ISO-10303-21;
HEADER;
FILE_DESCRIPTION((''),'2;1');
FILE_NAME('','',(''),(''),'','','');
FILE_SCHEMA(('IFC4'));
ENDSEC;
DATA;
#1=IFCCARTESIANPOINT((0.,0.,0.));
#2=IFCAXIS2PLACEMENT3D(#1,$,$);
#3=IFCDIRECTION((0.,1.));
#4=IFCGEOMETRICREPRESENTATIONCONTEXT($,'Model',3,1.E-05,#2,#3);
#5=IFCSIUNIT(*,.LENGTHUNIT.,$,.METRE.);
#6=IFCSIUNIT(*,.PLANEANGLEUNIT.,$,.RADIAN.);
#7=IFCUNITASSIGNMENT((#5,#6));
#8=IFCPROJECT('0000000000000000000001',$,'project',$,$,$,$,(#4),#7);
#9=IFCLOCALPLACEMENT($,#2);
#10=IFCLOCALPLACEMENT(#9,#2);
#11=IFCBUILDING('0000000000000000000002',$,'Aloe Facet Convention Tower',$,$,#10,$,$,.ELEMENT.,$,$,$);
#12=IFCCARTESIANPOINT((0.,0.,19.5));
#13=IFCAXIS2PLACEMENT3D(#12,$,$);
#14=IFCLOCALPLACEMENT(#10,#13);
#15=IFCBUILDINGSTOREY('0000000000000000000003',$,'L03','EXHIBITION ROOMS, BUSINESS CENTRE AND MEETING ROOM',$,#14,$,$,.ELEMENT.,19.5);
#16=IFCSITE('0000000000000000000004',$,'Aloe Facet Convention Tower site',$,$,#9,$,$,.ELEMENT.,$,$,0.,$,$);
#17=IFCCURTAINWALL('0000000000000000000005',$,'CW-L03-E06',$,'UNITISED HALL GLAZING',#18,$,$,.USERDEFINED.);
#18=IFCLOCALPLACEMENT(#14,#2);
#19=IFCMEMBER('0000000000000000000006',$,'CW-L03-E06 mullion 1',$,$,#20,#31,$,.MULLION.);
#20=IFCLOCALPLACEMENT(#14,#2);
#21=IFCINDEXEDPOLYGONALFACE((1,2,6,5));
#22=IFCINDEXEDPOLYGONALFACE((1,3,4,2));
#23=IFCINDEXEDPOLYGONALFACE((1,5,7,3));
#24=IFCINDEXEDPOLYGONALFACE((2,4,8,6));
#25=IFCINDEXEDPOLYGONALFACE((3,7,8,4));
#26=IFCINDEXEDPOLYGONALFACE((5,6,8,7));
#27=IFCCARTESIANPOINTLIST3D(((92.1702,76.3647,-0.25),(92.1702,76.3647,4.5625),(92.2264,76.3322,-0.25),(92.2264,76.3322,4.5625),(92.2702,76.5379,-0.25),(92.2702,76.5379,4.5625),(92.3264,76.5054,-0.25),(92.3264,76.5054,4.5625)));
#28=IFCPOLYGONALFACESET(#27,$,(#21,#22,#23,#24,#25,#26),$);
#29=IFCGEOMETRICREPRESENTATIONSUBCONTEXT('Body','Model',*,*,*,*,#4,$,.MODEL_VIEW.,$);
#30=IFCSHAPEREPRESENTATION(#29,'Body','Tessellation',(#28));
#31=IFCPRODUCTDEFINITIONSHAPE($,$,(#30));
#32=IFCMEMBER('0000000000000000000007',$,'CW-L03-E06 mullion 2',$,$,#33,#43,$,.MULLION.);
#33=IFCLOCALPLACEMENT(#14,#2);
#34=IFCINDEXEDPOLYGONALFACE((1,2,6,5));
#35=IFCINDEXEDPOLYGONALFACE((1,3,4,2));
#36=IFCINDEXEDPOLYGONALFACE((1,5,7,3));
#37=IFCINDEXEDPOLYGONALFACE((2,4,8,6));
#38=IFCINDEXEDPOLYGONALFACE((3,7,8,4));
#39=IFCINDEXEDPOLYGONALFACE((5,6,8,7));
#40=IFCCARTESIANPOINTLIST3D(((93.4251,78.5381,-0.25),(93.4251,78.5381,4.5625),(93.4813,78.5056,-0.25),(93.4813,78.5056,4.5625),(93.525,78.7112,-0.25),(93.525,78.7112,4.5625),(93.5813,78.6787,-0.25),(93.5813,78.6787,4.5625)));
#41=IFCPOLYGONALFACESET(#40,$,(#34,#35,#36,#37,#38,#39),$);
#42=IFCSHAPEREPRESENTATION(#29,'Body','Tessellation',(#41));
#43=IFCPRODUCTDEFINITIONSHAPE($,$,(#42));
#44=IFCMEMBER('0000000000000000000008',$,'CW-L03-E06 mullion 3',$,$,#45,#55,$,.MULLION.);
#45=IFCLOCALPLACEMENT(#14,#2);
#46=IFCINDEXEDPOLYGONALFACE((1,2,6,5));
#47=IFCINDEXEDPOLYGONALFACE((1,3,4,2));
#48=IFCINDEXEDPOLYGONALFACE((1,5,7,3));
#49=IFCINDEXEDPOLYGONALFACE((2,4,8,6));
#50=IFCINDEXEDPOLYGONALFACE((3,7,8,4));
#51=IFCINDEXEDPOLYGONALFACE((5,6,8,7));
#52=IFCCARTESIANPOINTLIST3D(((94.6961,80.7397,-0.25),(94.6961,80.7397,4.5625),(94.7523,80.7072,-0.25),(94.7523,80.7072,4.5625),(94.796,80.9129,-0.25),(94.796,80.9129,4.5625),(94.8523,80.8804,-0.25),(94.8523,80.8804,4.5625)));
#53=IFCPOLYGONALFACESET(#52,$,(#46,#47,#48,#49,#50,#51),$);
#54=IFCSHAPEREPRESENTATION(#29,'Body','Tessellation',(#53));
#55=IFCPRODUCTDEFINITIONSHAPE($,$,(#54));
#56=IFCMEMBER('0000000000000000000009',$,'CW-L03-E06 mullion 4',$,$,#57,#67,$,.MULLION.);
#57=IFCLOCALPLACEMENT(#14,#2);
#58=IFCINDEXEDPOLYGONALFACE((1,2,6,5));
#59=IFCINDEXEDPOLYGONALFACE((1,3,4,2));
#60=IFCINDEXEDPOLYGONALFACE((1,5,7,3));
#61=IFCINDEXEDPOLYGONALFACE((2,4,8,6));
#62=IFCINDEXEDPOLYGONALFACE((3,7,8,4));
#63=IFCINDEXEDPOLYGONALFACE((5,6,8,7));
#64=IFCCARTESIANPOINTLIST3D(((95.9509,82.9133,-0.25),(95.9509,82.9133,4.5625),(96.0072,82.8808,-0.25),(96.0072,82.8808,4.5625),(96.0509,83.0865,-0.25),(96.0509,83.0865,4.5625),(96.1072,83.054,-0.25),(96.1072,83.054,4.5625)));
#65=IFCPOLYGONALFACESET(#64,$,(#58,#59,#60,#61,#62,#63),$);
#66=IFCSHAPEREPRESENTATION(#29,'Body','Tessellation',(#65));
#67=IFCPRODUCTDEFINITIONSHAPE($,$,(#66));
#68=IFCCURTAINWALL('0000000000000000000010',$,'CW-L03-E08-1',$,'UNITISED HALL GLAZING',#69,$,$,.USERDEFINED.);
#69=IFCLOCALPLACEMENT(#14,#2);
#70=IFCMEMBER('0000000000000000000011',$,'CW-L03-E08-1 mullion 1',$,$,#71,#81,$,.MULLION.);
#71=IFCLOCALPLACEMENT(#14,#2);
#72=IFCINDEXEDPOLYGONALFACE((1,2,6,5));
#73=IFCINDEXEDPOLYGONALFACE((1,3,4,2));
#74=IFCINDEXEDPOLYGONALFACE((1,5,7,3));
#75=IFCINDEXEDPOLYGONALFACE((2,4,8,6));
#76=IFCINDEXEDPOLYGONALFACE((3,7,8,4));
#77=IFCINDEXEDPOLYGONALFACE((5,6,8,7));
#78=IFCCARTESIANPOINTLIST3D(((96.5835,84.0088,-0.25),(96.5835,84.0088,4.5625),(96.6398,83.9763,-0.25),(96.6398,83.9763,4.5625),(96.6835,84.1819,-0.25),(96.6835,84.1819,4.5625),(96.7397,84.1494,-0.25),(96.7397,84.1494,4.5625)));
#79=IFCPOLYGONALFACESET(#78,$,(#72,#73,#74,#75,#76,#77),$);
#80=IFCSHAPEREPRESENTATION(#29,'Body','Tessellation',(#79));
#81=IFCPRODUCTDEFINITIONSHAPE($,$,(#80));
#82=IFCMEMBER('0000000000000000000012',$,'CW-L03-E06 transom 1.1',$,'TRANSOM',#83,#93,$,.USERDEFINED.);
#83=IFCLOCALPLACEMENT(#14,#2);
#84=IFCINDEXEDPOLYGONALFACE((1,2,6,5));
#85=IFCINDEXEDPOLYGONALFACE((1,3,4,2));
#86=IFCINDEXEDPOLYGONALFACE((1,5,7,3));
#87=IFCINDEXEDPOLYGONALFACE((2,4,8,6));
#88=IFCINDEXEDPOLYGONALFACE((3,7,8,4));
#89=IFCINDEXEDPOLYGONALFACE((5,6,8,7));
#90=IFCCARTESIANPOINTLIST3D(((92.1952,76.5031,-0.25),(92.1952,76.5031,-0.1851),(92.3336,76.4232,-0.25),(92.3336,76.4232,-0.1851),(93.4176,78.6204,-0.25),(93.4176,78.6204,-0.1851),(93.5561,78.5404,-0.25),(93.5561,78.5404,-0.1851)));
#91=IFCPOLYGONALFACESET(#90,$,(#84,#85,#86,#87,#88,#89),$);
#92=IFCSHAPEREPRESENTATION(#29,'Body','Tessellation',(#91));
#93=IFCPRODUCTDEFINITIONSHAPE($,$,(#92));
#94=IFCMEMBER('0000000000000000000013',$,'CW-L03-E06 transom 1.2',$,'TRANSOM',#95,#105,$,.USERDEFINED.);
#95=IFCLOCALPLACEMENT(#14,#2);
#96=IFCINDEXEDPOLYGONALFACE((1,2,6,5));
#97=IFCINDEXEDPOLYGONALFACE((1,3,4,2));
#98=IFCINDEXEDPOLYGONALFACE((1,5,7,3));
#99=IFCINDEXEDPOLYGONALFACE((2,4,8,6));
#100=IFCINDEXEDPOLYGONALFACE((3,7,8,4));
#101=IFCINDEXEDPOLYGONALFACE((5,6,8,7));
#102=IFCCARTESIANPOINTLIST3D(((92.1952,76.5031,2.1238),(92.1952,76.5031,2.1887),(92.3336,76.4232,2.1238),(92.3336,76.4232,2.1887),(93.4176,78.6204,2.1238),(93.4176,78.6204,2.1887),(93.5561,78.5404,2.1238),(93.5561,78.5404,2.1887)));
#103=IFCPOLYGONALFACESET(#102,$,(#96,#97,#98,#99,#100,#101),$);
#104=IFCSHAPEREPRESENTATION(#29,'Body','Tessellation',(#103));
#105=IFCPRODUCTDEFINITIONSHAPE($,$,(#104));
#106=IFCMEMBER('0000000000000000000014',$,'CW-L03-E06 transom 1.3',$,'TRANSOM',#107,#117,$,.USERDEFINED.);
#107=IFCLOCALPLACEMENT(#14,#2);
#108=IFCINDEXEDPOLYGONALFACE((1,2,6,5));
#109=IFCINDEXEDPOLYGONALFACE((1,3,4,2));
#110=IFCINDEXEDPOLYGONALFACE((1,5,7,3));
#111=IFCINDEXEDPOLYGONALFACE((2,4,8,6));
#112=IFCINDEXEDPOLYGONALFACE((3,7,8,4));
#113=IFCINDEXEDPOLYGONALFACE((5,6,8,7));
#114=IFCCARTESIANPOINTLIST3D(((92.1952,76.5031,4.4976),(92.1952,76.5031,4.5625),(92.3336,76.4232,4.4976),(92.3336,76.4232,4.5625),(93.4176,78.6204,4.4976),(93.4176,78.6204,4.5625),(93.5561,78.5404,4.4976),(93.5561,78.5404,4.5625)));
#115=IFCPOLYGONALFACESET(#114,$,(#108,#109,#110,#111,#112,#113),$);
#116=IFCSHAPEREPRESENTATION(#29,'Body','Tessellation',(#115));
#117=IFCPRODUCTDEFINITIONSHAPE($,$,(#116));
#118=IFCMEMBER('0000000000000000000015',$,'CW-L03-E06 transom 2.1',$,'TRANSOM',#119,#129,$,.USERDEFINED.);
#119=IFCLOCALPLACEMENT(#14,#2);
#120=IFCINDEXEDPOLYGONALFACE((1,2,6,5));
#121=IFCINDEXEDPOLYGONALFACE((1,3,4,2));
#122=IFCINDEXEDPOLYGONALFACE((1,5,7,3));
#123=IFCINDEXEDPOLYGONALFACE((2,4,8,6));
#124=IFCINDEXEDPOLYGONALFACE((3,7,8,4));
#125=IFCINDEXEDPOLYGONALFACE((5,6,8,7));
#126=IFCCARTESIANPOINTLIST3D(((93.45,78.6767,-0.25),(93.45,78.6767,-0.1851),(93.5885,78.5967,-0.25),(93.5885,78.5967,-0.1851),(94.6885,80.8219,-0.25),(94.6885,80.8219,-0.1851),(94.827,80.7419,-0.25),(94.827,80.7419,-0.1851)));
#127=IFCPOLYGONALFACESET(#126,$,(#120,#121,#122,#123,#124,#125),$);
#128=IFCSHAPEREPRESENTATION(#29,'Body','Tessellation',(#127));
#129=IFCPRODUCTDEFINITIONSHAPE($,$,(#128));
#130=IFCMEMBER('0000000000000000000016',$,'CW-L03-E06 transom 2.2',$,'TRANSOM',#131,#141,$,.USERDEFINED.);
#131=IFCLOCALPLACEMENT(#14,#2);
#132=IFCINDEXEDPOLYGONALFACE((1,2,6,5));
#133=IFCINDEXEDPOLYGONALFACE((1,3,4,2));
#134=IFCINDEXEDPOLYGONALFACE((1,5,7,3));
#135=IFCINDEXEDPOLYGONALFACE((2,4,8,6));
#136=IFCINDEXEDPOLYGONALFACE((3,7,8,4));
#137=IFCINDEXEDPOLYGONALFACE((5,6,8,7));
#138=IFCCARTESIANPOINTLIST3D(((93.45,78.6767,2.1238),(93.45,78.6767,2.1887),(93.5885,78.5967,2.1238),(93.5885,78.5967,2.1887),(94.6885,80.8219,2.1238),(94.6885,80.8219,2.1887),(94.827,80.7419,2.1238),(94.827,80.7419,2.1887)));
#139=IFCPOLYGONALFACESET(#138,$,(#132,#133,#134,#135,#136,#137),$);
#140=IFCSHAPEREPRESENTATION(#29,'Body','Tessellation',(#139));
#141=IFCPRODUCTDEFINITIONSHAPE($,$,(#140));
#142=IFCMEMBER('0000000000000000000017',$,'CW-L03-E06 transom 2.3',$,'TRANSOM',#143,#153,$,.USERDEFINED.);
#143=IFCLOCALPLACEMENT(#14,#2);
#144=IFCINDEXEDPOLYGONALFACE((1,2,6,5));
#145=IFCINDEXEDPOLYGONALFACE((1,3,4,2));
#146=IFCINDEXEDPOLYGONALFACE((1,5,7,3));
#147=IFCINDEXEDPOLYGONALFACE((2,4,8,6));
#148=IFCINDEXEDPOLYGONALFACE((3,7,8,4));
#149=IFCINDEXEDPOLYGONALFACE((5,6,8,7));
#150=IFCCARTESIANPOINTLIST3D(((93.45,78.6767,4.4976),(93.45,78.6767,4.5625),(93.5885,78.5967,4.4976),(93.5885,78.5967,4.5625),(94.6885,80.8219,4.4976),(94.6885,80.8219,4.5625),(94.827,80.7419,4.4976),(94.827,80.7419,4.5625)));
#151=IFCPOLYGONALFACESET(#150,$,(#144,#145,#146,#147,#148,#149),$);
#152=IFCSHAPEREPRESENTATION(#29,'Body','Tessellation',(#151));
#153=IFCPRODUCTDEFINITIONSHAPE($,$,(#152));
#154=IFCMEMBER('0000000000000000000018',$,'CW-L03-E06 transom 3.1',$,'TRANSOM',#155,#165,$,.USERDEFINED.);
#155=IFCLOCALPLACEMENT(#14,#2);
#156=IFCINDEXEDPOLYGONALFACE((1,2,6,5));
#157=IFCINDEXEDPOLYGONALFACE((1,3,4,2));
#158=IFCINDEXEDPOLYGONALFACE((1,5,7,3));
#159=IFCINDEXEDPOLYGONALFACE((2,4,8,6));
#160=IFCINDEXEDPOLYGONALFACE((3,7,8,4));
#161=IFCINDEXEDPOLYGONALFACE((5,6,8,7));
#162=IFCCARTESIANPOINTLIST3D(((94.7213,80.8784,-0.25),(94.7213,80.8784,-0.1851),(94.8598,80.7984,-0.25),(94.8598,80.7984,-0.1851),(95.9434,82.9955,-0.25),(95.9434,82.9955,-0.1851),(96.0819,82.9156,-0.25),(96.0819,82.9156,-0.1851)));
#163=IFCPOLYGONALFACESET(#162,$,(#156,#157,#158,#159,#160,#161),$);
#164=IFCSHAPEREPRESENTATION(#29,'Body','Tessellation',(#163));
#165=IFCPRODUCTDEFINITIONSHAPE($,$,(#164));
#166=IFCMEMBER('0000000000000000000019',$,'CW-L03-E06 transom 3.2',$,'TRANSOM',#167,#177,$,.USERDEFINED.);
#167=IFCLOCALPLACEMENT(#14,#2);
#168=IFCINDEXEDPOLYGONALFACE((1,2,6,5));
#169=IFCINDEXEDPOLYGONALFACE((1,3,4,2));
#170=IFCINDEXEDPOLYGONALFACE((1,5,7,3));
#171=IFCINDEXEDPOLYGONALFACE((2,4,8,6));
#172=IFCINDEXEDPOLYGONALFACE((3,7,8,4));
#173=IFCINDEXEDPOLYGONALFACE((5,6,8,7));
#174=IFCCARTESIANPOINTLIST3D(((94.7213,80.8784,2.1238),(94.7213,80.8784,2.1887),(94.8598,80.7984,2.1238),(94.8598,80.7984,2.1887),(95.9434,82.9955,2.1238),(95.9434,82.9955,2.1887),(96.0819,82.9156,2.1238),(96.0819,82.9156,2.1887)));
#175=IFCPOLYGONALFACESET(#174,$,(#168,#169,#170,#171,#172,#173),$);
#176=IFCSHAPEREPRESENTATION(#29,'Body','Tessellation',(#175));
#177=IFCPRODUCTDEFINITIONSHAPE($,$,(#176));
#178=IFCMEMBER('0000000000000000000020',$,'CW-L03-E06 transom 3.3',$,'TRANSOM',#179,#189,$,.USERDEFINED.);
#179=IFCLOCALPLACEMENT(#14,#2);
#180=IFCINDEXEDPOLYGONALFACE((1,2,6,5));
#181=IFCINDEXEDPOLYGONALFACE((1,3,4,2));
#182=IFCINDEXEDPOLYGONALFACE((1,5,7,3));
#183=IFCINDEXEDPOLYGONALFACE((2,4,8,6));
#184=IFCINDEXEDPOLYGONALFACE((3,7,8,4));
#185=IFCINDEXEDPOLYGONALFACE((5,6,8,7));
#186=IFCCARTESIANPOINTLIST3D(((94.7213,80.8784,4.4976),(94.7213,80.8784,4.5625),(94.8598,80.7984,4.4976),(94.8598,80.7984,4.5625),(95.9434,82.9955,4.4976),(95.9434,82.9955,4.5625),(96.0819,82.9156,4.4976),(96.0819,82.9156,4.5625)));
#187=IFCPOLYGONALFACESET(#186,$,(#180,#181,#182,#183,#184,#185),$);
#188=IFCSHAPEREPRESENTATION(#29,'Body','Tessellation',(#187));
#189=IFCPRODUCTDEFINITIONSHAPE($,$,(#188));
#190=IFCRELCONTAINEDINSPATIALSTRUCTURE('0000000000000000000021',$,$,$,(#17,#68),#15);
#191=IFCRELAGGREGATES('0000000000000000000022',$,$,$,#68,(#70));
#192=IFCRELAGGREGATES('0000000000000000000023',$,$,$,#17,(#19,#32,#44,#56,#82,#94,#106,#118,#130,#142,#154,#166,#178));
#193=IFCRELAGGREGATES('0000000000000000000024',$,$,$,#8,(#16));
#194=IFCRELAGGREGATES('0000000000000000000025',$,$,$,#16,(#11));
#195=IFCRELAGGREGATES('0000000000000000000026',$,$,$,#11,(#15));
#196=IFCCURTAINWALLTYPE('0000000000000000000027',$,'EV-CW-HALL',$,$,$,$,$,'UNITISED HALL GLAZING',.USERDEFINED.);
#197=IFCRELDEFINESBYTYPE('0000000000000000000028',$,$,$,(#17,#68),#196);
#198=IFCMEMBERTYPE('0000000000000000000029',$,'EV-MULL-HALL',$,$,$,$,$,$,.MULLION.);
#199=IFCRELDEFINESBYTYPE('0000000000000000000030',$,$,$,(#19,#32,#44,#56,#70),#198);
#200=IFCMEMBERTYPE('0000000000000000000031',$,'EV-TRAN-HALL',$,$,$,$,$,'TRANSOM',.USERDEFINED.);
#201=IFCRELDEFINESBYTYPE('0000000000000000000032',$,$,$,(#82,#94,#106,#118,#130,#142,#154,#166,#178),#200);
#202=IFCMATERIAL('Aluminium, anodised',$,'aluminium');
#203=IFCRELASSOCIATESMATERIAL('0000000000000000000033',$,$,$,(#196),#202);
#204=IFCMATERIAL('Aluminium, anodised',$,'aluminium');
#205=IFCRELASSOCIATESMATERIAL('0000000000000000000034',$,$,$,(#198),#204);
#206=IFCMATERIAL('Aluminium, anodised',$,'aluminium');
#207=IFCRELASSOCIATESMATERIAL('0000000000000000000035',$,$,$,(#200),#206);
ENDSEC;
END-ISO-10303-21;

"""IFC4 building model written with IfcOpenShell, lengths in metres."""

from ifc_helpers import new_model, si_unit, direction, frame, origin, origin_2d, place, context, subcontext, project, spatial, rectangle, extrude, material, material_profile, profile_set, type_object, element, aggregate, save


model = new_model("IFC4")

# Units and contexts
model_context = context("Model", 3, precision=1e-05, world=origin(), true_north=direction((0.0, 1.0)))
body_context = subcontext(model_context, "Body", "Model", "MODEL_VIEW")
ifc_project = project(units=[si_unit("LENGTHUNIT", "METRE"), si_unit("PLANEANGLEUNIT", "RADIAN")], contexts=[model_context])

# Site, building, storey
site_placement = place(None, origin())
site = spatial("IfcSite", under=ifc_project, at=site_placement, Name="Aloe Facet Convention Tower site", CompositionType="ELEMENT", RefElevation=0.0)
building_placement = place(site_placement, origin())
building = spatial("IfcBuilding", under=site, at=building_placement, Name="Aloe Facet Convention Tower", CompositionType="ELEMENT")
storey_placement = place(building_placement, frame((0.0, 0.0, 19.5)))
storey = spatial("IfcBuildingStorey", under=building, at=storey_placement, Name="L03", Description="EXHIBITION ROOMS, BUSINESS CENTRE AND MEETING ROOM", CompositionType="ELEMENT", Elevation=19.5)

# Curtain wall, members
ifc_material_1 = material(Name="Aluminium, anodised", Category="aluminium")
curtain_wall_type = type_object("IfcCurtainWallType", Name="EV-CW-HALL", ElementType="UNITISED HALL GLAZING", PredefinedType="USERDEFINED", material=ifc_material_1)
curtain_wall_1_placement = place(storey_placement, origin())
curtain_wall_1 = element("IfcCurtainWall", 1, at=curtain_wall_1_placement, inside=storey, type_object=curtain_wall_type, Name="CW-L03-E06", ObjectType="UNITISED HALL GLAZING", PredefinedType="USERDEFINED")
ifc_material_2 = material(Name="Aluminium, anodised", Category="aluminium")
ifc_material_profile_1 = material_profile(ifc_material_2, rectangle(XDim=0.0649, YDim=0.2, at=origin_2d()), Name="AL 65x200")
ifc_profile_set_1 = profile_set([ifc_material_profile_1], Name="Aluminium, anodised")
member_type_1 = type_object("IfcMemberType", Name="EV-MULL-HALL", PredefinedType="MULLION", material=ifc_profile_set_1)
member_1_placement = place(storey_placement, frame((92.2483, 76.4351, -0.25), z_axis=(0.0, 0.0, 1.0), x_axis=(-0.866025, 0.5, 0.0)))
member_1 = element("IfcMember", 2, at=member_1_placement, type_object=member_type_1, Name="CW-L03-E06 mullion 1", PredefinedType="MULLION", context=body_context, shape_type="SweptSolid", body=[
    extrude(rectangle(XDim=0.0649, YDim=0.2, at=origin_2d()), origin(), (0.0, 0.0, 1.0), 4.8125),
])
member_2_placement = place(storey_placement, frame((93.5032, 78.6084, -0.25), z_axis=(0.0, 0.0, 1.0), x_axis=(-0.866025, 0.5, 0.0)))
member_2 = element("IfcMember", 3, at=member_2_placement, type_object=member_type_1, Name="CW-L03-E06 mullion 2", PredefinedType="MULLION", context=body_context, shape_type="SweptSolid", body=[
    extrude(rectangle(XDim=0.0649, YDim=0.2, at=origin_2d()), origin(), (0.0, 0.0, 1.0), 4.8125),
])
member_3_placement = place(storey_placement, frame((94.7742, 80.8101, -0.25), z_axis=(0.0, 0.0, 1.0), x_axis=(-0.866025, 0.5, 0.0)))
member_3 = element("IfcMember", 4, at=member_3_placement, type_object=member_type_1, Name="CW-L03-E06 mullion 3", PredefinedType="MULLION", context=body_context, shape_type="SweptSolid", body=[
    extrude(rectangle(XDim=0.0649, YDim=0.2, at=origin_2d()), origin(), (0.0, 0.0, 1.0), 4.8125),
])
member_4_placement = place(storey_placement, frame((96.0291, 82.9836, -0.25), z_axis=(0.0, 0.0, 1.0), x_axis=(-0.866025, 0.5, 0.0)))
member_4 = element("IfcMember", 5, at=member_4_placement, type_object=member_type_1, Name="CW-L03-E06 mullion 4", PredefinedType="MULLION", context=body_context, shape_type="SweptSolid", body=[
    extrude(rectangle(XDim=0.0649, YDim=0.2, at=origin_2d()), origin(), (0.0, 0.0, 1.0), 4.8125),
])

# Curtain wall, member
curtain_wall_2_placement = place(storey_placement, origin())
curtain_wall_2 = element("IfcCurtainWall", 6, at=curtain_wall_2_placement, inside=storey, type_object=curtain_wall_type, Name="CW-L03-E08-1", ObjectType="UNITISED HALL GLAZING", PredefinedType="USERDEFINED")
member_5_placement = place(storey_placement, frame((96.6616, 84.0791, -0.25), z_axis=(0.0, 0.0, 1.0), x_axis=(-0.866025, 0.5, 0.0)))
member_5 = element("IfcMember", 7, at=member_5_placement, type_object=member_type_1, Name="CW-L03-E08-1 mullion 1", PredefinedType="MULLION", context=body_context, shape_type="SweptSolid", body=[
    extrude(rectangle(XDim=0.0649, YDim=0.2, at=origin_2d()), origin(), (0.0, 0.0, 1.0), 4.8125),
])

# Members
ifc_material_3 = material(Name="Aluminium, anodised", Category="aluminium")
ifc_material_profile_2 = material_profile(ifc_material_3, rectangle(XDim=0.1599, YDim=0.0649, at=origin_2d()), Name="AL 160x65")
ifc_profile_set_2 = profile_set([ifc_material_profile_2], Name="Aluminium, anodised")
member_type_2 = type_object("IfcMemberType", Name="EV-TRAN-HALL", ElementType="TRANSOM", PredefinedType="USERDEFINED", material=ifc_profile_set_2)
member_6_placement = place(storey_placement, frame((92.2644, 76.4631, -0.2175), z_axis=(0.500016, 0.866016, 0.0), x_axis=(-0.866016, 0.500016, 0.0)))
member_6 = element("IfcMember", 8, at=member_6_placement, type_object=member_type_2, Name="CW-L03-E06 transom 1.1", ObjectType="TRANSOM", PredefinedType="USERDEFINED", context=body_context, shape_type="SweptSolid", body=[
    extrude(rectangle(XDim=0.1599, YDim=0.0649, at=origin_2d()), origin(), (0.0, 0.0, 1.0), 2.4448),
])
member_7_placement = place(storey_placement, frame((92.2644, 76.4631, 2.1562), z_axis=(0.500016, 0.866016, 0.0), x_axis=(-0.866016, 0.500016, 0.0)))
member_7 = element("IfcMember", 9, at=member_7_placement, type_object=member_type_2, Name="CW-L03-E06 transom 1.2", ObjectType="TRANSOM", PredefinedType="USERDEFINED", context=body_context, shape_type="SweptSolid", body=[
    extrude(rectangle(XDim=0.1599, YDim=0.0649, at=origin_2d()), origin(), (0.0, 0.0, 1.0), 2.4448),
])
member_8_placement = place(storey_placement, frame((92.2644, 76.4631, 4.53), z_axis=(0.500016, 0.866016, 0.0), x_axis=(-0.866016, 0.500016, 0.0)))
member_8 = element("IfcMember", 10, at=member_8_placement, type_object=member_type_2, Name="CW-L03-E06 transom 1.3", ObjectType="TRANSOM", PredefinedType="USERDEFINED", context=body_context, shape_type="SweptSolid", body=[
    extrude(rectangle(XDim=0.1599, YDim=0.0649, at=origin_2d()), origin(), (0.0, 0.0, 1.0), 2.4448),
])
member_9_placement = place(storey_placement, frame((93.5193, 78.6367, -0.2175), z_axis=(0.499987, 0.866033, 0.0), x_axis=(-0.866033, 0.499987, 0.0)))
member_9 = element("IfcMember", 11, at=member_9_placement, type_object=member_type_2, Name="CW-L03-E06 transom 2.1", ObjectType="TRANSOM", PredefinedType="USERDEFINED", context=body_context, shape_type="SweptSolid", body=[
    extrude(rectangle(XDim=0.1599, YDim=0.0649, at=origin_2d()), origin(), (0.0, 0.0, 1.0), 2.4771),
])
member_10_placement = place(storey_placement, frame((93.5193, 78.6367, 2.1562), z_axis=(0.499987, 0.866033, 0.0), x_axis=(-0.866033, 0.499987, 0.0)))
member_10 = element("IfcMember", 12, at=member_10_placement, type_object=member_type_2, Name="CW-L03-E06 transom 2.2", ObjectType="TRANSOM", PredefinedType="USERDEFINED", context=body_context, shape_type="SweptSolid", body=[
    extrude(rectangle(XDim=0.1599, YDim=0.0649, at=origin_2d()), origin(), (0.0, 0.0, 1.0), 2.4771),
])
member_11_placement = place(storey_placement, frame((93.5193, 78.6367, 4.53), z_axis=(0.499987, 0.866033, 0.0), x_axis=(-0.866033, 0.499987, 0.0)))
member_11 = element("IfcMember", 13, at=member_11_placement, type_object=member_type_2, Name="CW-L03-E06 transom 2.3", ObjectType="TRANSOM", PredefinedType="USERDEFINED", context=body_context, shape_type="SweptSolid", body=[
    extrude(rectangle(XDim=0.1599, YDim=0.0649, at=origin_2d()), origin(), (0.0, 0.0, 1.0), 2.4771),
])
member_12_placement = place(storey_placement, frame((94.7905, 80.8384, -0.2175), z_axis=(0.499941, 0.866059, 0.0), x_axis=(-0.866059, 0.499941, 0.0)))
member_12 = element("IfcMember", 14, at=member_12_placement, type_object=member_type_2, Name="CW-L03-E06 transom 3.1", ObjectType="TRANSOM", PredefinedType="USERDEFINED", context=body_context, shape_type="SweptSolid", body=[
    extrude(rectangle(XDim=0.1599, YDim=0.0649, at=origin_2d()), origin(), (0.0, 0.0, 1.0), 2.4446),
])
member_13_placement = place(storey_placement, frame((94.7905, 80.8384, 2.1562), z_axis=(0.499941, 0.866059, 0.0), x_axis=(-0.866059, 0.499941, 0.0)))
member_13 = element("IfcMember", 15, at=member_13_placement, type_object=member_type_2, Name="CW-L03-E06 transom 3.2", ObjectType="TRANSOM", PredefinedType="USERDEFINED", context=body_context, shape_type="SweptSolid", body=[
    extrude(rectangle(XDim=0.1599, YDim=0.0649, at=origin_2d()), origin(), (0.0, 0.0, 1.0), 2.4446),
])
member_14_placement = place(storey_placement, frame((94.7905, 80.8384, 4.53), z_axis=(0.499941, 0.866059, 0.0), x_axis=(-0.866059, 0.499941, 0.0)))
member_14 = element("IfcMember", 16, at=member_14_placement, type_object=member_type_2, Name="CW-L03-E06 transom 3.3", ObjectType="TRANSOM", PredefinedType="USERDEFINED", context=body_context, shape_type="SweptSolid", body=[
    extrude(rectangle(XDim=0.1599, YDim=0.0649, at=origin_2d()), origin(), (0.0, 0.0, 1.0), 2.4446),
])
aggregate(curtain_wall_2, [member_5])

aggregate(curtain_wall_1, [member_1, member_2, member_3, member_4, member_6, member_7, member_8, member_9, member_10, member_11, member_12, member_13, member_14])

save(model, "model.ifc")
